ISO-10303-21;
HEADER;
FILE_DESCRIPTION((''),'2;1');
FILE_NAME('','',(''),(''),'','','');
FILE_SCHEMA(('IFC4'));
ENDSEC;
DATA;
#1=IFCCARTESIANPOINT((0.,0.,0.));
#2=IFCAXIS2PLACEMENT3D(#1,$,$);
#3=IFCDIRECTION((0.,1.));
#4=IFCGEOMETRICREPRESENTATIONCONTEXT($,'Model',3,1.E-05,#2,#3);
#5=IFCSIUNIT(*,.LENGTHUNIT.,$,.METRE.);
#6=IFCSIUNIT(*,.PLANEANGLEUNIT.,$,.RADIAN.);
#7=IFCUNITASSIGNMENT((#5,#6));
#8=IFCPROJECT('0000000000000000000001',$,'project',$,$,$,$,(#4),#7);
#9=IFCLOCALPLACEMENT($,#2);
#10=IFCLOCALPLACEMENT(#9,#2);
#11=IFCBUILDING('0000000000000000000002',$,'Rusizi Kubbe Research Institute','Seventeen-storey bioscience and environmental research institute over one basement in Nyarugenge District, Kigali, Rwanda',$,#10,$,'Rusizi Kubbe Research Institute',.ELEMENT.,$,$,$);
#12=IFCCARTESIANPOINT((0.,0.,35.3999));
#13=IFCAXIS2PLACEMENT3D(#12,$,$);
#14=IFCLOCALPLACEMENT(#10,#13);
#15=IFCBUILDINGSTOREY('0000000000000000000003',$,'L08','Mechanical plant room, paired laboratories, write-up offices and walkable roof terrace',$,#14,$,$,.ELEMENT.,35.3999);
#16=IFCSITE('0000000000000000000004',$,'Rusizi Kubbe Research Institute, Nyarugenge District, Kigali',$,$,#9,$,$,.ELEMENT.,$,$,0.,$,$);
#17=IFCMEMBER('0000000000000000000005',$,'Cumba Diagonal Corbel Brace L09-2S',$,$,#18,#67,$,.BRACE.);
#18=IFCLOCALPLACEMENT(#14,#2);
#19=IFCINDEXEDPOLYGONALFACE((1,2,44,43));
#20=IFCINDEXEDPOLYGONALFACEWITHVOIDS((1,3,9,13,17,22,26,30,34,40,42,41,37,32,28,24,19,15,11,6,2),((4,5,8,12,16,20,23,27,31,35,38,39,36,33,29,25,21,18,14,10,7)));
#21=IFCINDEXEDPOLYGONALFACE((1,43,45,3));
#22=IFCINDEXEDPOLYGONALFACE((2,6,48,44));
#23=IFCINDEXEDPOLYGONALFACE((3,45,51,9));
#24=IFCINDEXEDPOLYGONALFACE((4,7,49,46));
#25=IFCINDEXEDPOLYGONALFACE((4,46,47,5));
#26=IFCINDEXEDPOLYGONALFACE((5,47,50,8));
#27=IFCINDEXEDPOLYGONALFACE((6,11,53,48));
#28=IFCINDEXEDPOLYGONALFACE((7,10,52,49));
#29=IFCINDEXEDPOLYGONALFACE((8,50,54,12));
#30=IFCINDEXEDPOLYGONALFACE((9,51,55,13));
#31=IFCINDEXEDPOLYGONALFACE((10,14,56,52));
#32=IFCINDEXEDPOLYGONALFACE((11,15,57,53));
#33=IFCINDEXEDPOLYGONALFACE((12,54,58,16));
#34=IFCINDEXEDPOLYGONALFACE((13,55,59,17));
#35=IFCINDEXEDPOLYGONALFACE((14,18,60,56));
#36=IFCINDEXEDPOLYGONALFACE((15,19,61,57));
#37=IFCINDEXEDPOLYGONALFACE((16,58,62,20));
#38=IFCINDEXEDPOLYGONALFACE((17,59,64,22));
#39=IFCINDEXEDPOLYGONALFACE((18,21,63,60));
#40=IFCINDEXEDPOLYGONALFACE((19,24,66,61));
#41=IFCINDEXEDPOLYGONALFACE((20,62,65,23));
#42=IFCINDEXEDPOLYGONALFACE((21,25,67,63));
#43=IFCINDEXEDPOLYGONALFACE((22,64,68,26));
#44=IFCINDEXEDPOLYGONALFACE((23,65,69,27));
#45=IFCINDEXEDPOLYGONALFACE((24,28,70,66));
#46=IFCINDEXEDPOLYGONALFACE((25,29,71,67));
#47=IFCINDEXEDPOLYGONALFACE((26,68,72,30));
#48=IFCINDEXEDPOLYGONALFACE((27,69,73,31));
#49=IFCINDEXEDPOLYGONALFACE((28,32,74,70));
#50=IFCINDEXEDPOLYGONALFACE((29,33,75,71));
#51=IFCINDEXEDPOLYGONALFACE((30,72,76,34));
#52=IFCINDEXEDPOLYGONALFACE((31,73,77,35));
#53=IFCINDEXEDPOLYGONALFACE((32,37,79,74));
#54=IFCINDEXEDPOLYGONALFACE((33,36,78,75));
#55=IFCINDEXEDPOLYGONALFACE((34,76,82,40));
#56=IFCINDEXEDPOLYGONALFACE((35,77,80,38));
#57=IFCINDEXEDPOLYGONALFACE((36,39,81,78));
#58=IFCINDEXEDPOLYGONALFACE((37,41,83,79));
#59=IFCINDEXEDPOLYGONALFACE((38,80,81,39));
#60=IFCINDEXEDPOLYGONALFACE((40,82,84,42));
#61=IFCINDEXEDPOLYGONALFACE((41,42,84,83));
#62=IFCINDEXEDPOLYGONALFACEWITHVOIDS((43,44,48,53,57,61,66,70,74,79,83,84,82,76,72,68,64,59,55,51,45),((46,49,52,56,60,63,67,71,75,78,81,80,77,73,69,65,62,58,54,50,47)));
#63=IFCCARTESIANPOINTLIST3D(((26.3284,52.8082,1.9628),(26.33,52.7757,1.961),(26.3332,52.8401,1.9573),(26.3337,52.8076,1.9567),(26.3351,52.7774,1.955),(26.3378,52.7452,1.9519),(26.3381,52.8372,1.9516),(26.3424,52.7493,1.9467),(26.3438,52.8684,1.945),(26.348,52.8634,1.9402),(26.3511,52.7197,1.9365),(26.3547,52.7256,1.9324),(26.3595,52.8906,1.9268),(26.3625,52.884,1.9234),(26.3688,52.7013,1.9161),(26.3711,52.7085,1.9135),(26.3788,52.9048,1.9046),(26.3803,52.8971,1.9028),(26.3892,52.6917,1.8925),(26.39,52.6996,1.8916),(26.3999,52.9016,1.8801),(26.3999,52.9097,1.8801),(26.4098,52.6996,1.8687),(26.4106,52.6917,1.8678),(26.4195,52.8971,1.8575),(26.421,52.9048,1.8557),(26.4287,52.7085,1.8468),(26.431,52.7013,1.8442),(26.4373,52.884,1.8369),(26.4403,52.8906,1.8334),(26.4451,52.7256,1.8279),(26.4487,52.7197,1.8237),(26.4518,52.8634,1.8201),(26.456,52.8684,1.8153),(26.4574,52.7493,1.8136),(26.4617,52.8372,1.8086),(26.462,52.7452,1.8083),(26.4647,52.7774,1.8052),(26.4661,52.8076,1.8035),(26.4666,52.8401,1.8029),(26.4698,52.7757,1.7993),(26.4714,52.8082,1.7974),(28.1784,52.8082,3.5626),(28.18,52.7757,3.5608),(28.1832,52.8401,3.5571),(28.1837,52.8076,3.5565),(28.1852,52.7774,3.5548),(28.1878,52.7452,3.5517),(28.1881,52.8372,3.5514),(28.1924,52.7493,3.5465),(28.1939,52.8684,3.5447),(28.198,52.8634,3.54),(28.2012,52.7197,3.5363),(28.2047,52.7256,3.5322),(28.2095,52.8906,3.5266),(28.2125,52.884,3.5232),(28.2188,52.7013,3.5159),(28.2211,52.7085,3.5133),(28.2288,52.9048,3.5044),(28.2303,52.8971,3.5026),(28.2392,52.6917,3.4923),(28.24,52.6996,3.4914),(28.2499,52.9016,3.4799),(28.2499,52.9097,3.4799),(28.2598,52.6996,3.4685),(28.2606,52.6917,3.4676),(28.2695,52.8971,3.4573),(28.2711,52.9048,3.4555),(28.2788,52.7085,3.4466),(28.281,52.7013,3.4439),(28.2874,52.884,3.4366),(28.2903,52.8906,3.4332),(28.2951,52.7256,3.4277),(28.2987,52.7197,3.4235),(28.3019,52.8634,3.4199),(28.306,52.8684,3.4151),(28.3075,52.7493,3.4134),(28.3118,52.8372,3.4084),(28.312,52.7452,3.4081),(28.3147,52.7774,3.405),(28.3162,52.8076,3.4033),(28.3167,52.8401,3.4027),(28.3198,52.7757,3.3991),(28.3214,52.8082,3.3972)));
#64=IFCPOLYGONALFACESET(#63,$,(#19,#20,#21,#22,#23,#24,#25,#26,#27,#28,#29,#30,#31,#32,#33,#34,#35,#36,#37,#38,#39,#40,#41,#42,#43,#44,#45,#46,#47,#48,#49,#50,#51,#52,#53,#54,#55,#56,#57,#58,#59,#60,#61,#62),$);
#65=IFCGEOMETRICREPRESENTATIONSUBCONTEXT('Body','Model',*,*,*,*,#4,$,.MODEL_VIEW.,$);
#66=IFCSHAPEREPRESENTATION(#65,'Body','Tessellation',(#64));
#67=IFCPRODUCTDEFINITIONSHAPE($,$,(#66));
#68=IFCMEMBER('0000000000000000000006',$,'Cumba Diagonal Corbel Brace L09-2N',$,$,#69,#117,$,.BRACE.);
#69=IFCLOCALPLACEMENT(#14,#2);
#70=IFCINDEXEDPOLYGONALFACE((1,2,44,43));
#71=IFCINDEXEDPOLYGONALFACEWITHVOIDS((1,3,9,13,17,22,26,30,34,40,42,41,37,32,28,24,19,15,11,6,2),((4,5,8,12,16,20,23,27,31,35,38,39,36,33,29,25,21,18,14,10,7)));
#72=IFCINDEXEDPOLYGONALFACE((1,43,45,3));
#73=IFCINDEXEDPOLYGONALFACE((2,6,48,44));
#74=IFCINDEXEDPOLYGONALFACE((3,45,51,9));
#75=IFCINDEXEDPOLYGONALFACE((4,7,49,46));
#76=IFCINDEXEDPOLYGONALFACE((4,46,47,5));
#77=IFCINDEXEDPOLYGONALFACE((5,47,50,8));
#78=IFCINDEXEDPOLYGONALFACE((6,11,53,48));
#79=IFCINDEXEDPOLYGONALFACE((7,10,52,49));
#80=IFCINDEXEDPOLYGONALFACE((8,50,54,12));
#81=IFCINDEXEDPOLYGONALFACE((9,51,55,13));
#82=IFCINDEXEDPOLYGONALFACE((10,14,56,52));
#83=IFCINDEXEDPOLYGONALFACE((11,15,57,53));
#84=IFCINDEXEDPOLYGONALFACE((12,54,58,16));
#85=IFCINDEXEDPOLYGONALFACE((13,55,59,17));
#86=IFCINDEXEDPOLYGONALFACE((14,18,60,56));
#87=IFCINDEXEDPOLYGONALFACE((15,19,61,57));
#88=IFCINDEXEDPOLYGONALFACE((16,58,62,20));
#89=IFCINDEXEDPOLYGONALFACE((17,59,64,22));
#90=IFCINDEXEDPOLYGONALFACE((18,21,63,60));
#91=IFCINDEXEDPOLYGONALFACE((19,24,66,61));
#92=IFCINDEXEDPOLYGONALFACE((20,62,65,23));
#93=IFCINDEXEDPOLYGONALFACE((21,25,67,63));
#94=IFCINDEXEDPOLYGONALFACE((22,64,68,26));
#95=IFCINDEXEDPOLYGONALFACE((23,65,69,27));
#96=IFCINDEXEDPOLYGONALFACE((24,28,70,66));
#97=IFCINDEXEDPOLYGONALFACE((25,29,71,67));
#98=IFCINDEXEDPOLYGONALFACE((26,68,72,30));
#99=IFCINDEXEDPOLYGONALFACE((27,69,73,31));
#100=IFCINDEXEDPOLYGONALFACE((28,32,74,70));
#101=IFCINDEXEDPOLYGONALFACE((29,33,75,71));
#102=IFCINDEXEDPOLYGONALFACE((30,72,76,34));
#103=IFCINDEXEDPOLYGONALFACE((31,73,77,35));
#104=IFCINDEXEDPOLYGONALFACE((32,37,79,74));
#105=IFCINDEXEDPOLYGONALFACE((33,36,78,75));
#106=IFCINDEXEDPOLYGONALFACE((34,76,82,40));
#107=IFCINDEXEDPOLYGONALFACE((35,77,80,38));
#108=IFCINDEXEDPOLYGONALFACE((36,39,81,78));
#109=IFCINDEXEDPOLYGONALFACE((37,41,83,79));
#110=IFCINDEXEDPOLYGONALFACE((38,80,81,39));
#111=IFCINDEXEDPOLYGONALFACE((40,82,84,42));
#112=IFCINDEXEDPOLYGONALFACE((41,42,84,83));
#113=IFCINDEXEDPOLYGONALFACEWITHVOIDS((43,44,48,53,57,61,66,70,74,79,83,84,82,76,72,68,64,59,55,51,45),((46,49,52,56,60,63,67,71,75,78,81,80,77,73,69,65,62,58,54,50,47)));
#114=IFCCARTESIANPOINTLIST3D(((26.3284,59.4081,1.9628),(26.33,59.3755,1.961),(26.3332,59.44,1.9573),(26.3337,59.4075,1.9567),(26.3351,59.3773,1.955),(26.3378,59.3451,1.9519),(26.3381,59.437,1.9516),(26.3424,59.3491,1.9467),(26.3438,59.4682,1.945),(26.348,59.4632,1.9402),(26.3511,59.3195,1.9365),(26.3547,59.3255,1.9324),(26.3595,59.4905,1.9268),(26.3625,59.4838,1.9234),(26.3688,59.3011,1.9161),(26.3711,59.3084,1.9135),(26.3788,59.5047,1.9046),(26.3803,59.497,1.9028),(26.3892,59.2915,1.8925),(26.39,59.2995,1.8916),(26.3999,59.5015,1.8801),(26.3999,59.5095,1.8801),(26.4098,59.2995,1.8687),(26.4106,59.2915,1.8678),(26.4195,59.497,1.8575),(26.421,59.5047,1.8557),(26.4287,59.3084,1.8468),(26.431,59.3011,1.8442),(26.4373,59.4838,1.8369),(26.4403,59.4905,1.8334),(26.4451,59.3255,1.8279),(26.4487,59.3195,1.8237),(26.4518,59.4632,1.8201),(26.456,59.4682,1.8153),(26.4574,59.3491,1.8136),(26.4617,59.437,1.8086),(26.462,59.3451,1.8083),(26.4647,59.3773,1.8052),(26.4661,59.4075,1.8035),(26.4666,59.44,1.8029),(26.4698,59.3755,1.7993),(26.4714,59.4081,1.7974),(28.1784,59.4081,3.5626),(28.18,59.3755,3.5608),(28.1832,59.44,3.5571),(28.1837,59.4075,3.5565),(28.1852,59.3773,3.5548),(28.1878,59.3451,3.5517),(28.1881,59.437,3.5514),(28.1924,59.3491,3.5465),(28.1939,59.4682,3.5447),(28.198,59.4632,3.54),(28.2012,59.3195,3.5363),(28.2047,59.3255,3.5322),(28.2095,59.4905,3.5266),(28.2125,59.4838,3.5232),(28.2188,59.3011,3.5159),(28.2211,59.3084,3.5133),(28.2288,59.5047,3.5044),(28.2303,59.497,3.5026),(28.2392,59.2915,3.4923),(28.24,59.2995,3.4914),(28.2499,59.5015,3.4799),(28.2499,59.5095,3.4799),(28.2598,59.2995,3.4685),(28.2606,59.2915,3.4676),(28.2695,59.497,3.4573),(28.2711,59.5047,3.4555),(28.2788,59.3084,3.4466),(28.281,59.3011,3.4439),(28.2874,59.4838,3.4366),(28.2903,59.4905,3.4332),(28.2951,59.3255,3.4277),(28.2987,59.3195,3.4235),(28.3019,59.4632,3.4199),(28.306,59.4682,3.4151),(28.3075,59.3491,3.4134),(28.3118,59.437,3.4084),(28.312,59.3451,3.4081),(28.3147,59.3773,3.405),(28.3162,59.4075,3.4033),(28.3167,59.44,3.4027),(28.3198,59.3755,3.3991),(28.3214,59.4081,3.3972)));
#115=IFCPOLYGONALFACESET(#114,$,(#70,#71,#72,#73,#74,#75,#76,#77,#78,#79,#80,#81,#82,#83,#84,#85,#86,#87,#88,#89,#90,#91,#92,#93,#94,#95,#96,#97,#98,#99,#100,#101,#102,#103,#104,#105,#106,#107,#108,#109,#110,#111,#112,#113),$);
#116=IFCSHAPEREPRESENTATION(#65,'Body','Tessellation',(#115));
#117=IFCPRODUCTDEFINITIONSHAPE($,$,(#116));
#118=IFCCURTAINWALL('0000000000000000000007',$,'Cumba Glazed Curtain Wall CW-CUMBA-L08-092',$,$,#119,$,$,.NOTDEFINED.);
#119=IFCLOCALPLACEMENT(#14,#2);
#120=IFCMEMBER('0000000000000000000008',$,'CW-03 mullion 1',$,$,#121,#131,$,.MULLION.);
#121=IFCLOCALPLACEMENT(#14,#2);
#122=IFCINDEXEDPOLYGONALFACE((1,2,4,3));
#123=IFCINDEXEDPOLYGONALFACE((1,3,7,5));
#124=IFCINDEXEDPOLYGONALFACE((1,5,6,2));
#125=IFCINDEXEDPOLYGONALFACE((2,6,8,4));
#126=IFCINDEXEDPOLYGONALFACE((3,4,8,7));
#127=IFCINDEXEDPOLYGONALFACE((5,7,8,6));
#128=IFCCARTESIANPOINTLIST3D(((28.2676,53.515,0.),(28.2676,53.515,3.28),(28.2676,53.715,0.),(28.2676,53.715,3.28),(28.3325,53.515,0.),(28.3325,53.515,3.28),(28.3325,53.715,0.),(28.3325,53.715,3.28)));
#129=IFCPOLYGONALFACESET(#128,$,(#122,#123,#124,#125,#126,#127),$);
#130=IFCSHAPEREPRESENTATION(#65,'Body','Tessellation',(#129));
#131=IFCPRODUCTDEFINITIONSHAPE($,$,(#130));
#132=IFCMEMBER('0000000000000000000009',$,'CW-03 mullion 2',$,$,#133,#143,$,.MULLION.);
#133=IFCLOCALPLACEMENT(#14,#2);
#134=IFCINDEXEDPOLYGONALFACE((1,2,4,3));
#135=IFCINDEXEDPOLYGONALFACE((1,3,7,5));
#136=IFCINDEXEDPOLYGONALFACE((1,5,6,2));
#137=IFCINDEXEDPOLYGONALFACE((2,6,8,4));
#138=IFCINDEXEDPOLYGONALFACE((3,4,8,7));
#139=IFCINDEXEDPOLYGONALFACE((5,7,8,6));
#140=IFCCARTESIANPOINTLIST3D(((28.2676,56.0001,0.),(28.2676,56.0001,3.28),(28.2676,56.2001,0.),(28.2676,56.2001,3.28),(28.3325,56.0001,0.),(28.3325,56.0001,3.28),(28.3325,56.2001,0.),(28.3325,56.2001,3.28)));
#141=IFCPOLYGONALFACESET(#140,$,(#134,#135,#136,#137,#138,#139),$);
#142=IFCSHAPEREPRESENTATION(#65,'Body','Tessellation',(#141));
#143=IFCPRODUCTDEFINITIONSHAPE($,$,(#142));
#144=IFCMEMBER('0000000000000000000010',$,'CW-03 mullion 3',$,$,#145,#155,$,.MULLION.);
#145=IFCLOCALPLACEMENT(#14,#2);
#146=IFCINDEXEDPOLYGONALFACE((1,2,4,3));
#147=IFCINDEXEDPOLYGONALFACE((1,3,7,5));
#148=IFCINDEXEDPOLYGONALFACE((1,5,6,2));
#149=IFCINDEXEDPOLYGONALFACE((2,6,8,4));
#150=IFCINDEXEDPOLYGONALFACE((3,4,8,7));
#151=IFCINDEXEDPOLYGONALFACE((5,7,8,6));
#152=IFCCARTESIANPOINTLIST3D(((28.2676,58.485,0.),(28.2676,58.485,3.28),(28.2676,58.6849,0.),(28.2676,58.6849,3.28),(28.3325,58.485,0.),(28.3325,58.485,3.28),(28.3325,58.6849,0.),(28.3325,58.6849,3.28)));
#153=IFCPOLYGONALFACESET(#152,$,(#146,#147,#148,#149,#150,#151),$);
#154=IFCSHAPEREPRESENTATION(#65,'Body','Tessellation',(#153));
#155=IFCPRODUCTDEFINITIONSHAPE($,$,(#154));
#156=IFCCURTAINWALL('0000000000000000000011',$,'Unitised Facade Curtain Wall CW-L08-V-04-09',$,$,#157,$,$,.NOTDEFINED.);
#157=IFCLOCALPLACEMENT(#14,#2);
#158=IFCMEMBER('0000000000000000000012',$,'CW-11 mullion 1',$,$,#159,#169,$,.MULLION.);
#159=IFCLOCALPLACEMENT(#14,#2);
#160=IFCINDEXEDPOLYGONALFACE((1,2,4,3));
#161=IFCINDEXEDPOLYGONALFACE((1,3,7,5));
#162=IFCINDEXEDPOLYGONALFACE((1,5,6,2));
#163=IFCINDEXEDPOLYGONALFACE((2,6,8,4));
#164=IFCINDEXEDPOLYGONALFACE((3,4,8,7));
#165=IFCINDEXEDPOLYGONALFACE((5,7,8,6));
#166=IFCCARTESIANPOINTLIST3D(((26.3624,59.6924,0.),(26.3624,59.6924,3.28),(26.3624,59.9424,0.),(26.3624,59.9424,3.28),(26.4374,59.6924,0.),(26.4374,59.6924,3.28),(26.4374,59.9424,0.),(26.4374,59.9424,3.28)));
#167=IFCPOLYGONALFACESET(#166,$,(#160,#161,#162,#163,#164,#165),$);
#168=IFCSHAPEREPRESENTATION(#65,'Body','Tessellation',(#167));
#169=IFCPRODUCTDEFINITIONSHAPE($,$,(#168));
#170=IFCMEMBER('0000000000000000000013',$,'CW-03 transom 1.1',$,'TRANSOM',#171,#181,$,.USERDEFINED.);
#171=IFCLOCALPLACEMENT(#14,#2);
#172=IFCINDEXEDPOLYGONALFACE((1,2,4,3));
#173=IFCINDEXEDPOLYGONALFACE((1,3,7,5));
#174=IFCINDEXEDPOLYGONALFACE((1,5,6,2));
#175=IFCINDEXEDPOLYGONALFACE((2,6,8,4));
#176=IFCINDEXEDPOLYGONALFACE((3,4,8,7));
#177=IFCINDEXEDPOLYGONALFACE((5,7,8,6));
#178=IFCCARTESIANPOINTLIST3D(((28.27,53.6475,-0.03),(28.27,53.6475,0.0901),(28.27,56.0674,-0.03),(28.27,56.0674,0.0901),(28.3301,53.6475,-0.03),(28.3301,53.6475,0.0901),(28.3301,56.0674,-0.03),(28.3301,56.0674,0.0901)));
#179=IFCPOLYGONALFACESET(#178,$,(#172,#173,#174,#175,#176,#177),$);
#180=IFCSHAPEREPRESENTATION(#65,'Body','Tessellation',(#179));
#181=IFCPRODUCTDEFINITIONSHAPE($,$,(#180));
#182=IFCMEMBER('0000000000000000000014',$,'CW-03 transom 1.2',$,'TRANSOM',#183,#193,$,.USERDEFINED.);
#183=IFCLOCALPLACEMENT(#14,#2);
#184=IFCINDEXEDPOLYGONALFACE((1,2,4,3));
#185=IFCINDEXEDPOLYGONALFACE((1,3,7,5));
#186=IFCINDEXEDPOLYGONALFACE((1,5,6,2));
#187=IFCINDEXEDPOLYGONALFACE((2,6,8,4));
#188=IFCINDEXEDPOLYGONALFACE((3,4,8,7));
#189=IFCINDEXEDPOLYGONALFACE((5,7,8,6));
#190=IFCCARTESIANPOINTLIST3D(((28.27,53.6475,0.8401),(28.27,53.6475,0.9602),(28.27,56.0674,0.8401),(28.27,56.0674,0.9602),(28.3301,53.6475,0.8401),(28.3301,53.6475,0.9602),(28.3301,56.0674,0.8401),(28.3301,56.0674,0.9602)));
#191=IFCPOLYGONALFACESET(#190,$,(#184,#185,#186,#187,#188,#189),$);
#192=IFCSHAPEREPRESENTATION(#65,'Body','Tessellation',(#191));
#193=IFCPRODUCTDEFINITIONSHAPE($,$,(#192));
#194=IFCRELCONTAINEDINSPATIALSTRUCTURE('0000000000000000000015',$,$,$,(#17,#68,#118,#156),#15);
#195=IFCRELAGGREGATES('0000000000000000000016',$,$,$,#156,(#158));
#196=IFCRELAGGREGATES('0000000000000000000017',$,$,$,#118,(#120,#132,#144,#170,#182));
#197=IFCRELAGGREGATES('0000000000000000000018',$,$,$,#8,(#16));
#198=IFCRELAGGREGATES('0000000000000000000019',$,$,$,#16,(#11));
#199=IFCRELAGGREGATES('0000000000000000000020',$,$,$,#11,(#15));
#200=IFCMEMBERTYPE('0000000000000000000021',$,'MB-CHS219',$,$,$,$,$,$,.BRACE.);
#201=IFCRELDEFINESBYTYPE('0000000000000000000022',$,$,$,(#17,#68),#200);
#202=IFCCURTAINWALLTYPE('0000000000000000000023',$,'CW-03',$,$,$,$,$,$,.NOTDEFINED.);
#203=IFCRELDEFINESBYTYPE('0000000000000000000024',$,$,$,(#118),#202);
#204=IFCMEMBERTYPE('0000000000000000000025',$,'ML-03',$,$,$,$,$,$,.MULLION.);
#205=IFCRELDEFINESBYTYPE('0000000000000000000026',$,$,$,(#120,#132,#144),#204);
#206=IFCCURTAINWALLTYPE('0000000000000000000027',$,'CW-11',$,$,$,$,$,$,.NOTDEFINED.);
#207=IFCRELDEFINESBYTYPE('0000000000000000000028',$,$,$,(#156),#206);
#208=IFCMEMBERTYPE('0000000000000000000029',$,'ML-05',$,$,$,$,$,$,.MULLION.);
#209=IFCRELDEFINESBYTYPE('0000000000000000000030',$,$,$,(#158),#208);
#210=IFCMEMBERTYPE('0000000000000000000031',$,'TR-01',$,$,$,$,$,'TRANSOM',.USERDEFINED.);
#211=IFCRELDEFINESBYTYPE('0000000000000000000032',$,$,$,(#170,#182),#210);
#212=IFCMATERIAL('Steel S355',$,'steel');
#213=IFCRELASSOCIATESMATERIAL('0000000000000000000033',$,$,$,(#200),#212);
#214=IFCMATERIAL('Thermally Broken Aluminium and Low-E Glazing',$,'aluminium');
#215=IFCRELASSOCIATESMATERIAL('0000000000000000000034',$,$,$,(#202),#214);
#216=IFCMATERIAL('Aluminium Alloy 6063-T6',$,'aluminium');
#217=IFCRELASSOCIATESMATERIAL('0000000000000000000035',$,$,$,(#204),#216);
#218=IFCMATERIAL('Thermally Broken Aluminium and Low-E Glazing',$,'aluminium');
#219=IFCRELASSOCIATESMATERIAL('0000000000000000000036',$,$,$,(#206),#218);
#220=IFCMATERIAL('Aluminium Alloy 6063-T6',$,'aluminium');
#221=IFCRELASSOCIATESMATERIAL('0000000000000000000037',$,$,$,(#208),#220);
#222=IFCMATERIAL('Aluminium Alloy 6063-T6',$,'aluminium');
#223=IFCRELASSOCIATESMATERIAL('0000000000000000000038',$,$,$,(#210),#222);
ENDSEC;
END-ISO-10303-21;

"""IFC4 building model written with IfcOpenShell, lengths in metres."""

from ifc_helpers import new_model, si_unit, direction, frame, origin, origin_2d, place, context, subcontext, project, spatial, rectangle, hollow_circle, extrude, material, material_profile, profile_set, type_object, element, aggregate, save


model = new_model("IFC4")

# Units and contexts
model_context = context("Model", 3, precision=1e-05, world=origin(), true_north=direction((0.0, 1.0)))
body_context = subcontext(model_context, "Body", "Model", "MODEL_VIEW")
ifc_project = project(units=[si_unit("LENGTHUNIT", "METRE"), si_unit("PLANEANGLEUNIT", "RADIAN")], contexts=[model_context])

# Site, building, storey
site_placement = place(None, origin())
site = spatial("IfcSite", under=ifc_project, at=site_placement, Name="Rusizi Kubbe Research Institute, Nyarugenge District, Kigali", CompositionType="ELEMENT", RefElevation=0.0)
building_placement = place(site_placement, origin())
building = spatial("IfcBuilding", under=site, at=building_placement, Name="Rusizi Kubbe Research Institute", Description="Seventeen-storey bioscience and environmental research institute over one basement in Nyarugenge District, Kigali, Rwanda", LongName="Rusizi Kubbe Research Institute", CompositionType="ELEMENT")
storey_placement = place(building_placement, frame((0.0, 0.0, 35.3999)))
storey = spatial("IfcBuildingStorey", under=building, at=storey_placement, Name="L08", Description="Mechanical plant room, paired laboratories, write-up offices and walkable roof terrace", CompositionType="ELEMENT", Elevation=35.3999)

# Members
ifc_material_1 = material(Name="Steel S355", Category="steel")
ifc_material_profile_1 = material_profile(ifc_material_1, hollow_circle(Radius=0.1096, WallThickness=0.0081, at=origin_2d()), Name="CHS 219.1x8.0")
ifc_profile_set_1 = profile_set([ifc_material_profile_1], Name="Steel S355")
member_type_1 = type_object("IfcMemberType", Name="MB-CHS219", PredefinedType="BRACE", material=ifc_profile_set_1)
for number, where, z_axis, x_axis, name in (
    (1, (26.3999, 52.8, 1.8801), (0.75641, 0.0, 0.654098), (0.0, 1.0, 0.0), "Cumba Diagonal Corbel Brace L09-2S"),
    (2, (26.3999, 59.3999, 1.8801), (0.75641, 0.0, 0.654098), (0.0, 1.0, 0.0), "Cumba Diagonal Corbel Brace L09-2N"),
):
    element("IfcMember", number, at=place(storey_placement, frame(where, z_axis=z_axis, x_axis=x_axis)), inside=storey, type_object=member_type_1, Name=name, PredefinedType="BRACE", context=body_context, shape_type="SweptSolid", body=[
        extrude(hollow_circle(Radius=0.1096, WallThickness=0.0081, at=origin_2d()), origin(), (0.0, 0.0, 1.0), 2.4458),
    ])

# Curtain wall, members
ifc_material_2 = material(Name="Thermally Broken Aluminium and Low-E Glazing", Category="aluminium")
curtain_wall_type_1 = type_object("IfcCurtainWallType", Name="CW-03", PredefinedType="NOTDEFINED", material=ifc_material_2)
curtain_wall_1_placement = place(storey_placement, origin())
curtain_wall_1 = element("IfcCurtainWall", 3, at=curtain_wall_1_placement, inside=storey, type_object=curtain_wall_type_1, Name="Cumba Glazed Curtain Wall CW-CUMBA-L08-092", PredefinedType="NOTDEFINED")
ifc_material_3 = material(Name="Aluminium Alloy 6063-T6", Category="aluminium")
ifc_material_profile_2 = material_profile(ifc_material_3, rectangle(XDim=0.0649, YDim=0.2, at=origin_2d()), Name="ALU-M 65x200")
ifc_profile_set_2 = profile_set([ifc_material_profile_2], Name="Aluminium Alloy 6063-T6")
member_type_2 = type_object("IfcMemberType", Name="ML-03", PredefinedType="MULLION", material=ifc_profile_set_2)
member_1_placement = place(storey_placement, frame((28.3, 53.615, 0.0), z_axis=(0.0, 0.0, 1.0), x_axis=(-1.0, 0.0, 0.0)))
member_1 = element("IfcMember", 4, at=member_1_placement, type_object=member_type_2, Name="CW-03 mullion 1", PredefinedType="MULLION", context=body_context, shape_type="SweptSolid", body=[
    extrude(rectangle(XDim=0.0649, YDim=0.2, at=origin_2d()), origin(), (0.0, 0.0, 1.0), 3.28),
])
member_2_placement = place(storey_placement, frame((28.3, 56.1001, 0.0), z_axis=(0.0, 0.0, 1.0), x_axis=(-1.0, 0.0, 0.0)))
member_2 = element("IfcMember", 5, at=member_2_placement, type_object=member_type_2, Name="CW-03 mullion 2", PredefinedType="MULLION", context=body_context, shape_type="SweptSolid", body=[
    extrude(rectangle(XDim=0.0649, YDim=0.2, at=origin_2d()), origin(), (0.0, 0.0, 1.0), 3.28),
])
member_3_placement = place(storey_placement, frame((28.3, 58.585, 0.0), z_axis=(0.0, 0.0, 1.0), x_axis=(-1.0, 0.0, 0.0)))
member_3 = element("IfcMember", 6, at=member_3_placement, type_object=member_type_2, Name="CW-03 mullion 3", PredefinedType="MULLION", context=body_context, shape_type="SweptSolid", body=[
    extrude(rectangle(XDim=0.0649, YDim=0.2, at=origin_2d()), origin(), (0.0, 0.0, 1.0), 3.28),
])

# Curtain wall, member
ifc_material_4 = material(Name="Thermally Broken Aluminium and Low-E Glazing", Category="aluminium")
curtain_wall_type_2 = type_object("IfcCurtainWallType", Name="CW-11", PredefinedType="NOTDEFINED", material=ifc_material_4)
curtain_wall_2_placement = place(storey_placement, origin())
curtain_wall_2 = element("IfcCurtainWall", 7, at=curtain_wall_2_placement, inside=storey, type_object=curtain_wall_type_2, Name="Unitised Facade Curtain Wall CW-L08-V-04-09", PredefinedType="NOTDEFINED")
ifc_material_5 = material(Name="Aluminium Alloy 6063-T6", Category="aluminium")
ifc_material_profile_3 = material_profile(ifc_material_5, rectangle(XDim=0.075, YDim=0.25, at=origin_2d()), Name="ALU-M 75x250")
ifc_profile_set_3 = profile_set([ifc_material_profile_3], Name="Aluminium Alloy 6063-T6")
member_type_3 = type_object("IfcMemberType", Name="ML-05", PredefinedType="MULLION", material=ifc_profile_set_3)
member_4_placement = place(storey_placement, frame((26.3999, 59.8174, 0.0), z_axis=(0.0, 0.0, 1.0), x_axis=(-1.0, 0.0, 0.0)))
member_4 = element("IfcMember", 8, at=member_4_placement, type_object=member_type_3, Name="CW-11 mullion 1", PredefinedType="MULLION", context=body_context, shape_type="SweptSolid", body=[
    extrude(rectangle(XDim=0.075, YDim=0.25, at=origin_2d()), origin(), (0.0, 0.0, 1.0), 3.28),
])
aggregate(curtain_wall_2, [member_4])

# Members
ifc_material_6 = material(Name="Aluminium Alloy 6063-T6", Category="aluminium")
ifc_material_profile_4 = material_profile(ifc_material_6, rectangle(XDim=0.0601, YDim=0.1201, at=origin_2d()), Name="ALU-T 60x120")
ifc_profile_set_4 = profile_set([ifc_material_profile_4], Name="Aluminium Alloy 6063-T6")
member_type_4 = type_object("IfcMemberType", Name="TR-01", ElementType="TRANSOM", PredefinedType="USERDEFINED", material=ifc_profile_set_4)
member_5_placement = place(storey_placement, frame((28.3, 53.6475, 0.03), z_axis=(0.0, 1.0, 0.0), x_axis=(-1.0, 0.0, 0.0)))
member_5 = element("IfcMember", 9, at=member_5_placement, type_object=member_type_4, Name="CW-03 transom 1.1", ObjectType="TRANSOM", PredefinedType="USERDEFINED", context=body_context, shape_type="SweptSolid", body=[
    extrude(rectangle(XDim=0.0601, YDim=0.1201, at=origin_2d()), origin(), (0.0, 0.0, 1.0), 2.4199),
])
member_6_placement = place(storey_placement, frame((28.3, 53.6475, 0.9001), z_axis=(0.0, 1.0, 0.0), x_axis=(-1.0, 0.0, 0.0)))
member_6 = element("IfcMember", 10, at=member_6_placement, type_object=member_type_4, Name="CW-03 transom 1.2", ObjectType="TRANSOM", PredefinedType="USERDEFINED", context=body_context, shape_type="SweptSolid", body=[
    extrude(rectangle(XDim=0.0601, YDim=0.1201, at=origin_2d()), origin(), (0.0, 0.0, 1.0), 2.4199),
])

aggregate(curtain_wall_1, [member_1, member_2, member_3, member_5, member_6])

save(model, "model.ifc")
